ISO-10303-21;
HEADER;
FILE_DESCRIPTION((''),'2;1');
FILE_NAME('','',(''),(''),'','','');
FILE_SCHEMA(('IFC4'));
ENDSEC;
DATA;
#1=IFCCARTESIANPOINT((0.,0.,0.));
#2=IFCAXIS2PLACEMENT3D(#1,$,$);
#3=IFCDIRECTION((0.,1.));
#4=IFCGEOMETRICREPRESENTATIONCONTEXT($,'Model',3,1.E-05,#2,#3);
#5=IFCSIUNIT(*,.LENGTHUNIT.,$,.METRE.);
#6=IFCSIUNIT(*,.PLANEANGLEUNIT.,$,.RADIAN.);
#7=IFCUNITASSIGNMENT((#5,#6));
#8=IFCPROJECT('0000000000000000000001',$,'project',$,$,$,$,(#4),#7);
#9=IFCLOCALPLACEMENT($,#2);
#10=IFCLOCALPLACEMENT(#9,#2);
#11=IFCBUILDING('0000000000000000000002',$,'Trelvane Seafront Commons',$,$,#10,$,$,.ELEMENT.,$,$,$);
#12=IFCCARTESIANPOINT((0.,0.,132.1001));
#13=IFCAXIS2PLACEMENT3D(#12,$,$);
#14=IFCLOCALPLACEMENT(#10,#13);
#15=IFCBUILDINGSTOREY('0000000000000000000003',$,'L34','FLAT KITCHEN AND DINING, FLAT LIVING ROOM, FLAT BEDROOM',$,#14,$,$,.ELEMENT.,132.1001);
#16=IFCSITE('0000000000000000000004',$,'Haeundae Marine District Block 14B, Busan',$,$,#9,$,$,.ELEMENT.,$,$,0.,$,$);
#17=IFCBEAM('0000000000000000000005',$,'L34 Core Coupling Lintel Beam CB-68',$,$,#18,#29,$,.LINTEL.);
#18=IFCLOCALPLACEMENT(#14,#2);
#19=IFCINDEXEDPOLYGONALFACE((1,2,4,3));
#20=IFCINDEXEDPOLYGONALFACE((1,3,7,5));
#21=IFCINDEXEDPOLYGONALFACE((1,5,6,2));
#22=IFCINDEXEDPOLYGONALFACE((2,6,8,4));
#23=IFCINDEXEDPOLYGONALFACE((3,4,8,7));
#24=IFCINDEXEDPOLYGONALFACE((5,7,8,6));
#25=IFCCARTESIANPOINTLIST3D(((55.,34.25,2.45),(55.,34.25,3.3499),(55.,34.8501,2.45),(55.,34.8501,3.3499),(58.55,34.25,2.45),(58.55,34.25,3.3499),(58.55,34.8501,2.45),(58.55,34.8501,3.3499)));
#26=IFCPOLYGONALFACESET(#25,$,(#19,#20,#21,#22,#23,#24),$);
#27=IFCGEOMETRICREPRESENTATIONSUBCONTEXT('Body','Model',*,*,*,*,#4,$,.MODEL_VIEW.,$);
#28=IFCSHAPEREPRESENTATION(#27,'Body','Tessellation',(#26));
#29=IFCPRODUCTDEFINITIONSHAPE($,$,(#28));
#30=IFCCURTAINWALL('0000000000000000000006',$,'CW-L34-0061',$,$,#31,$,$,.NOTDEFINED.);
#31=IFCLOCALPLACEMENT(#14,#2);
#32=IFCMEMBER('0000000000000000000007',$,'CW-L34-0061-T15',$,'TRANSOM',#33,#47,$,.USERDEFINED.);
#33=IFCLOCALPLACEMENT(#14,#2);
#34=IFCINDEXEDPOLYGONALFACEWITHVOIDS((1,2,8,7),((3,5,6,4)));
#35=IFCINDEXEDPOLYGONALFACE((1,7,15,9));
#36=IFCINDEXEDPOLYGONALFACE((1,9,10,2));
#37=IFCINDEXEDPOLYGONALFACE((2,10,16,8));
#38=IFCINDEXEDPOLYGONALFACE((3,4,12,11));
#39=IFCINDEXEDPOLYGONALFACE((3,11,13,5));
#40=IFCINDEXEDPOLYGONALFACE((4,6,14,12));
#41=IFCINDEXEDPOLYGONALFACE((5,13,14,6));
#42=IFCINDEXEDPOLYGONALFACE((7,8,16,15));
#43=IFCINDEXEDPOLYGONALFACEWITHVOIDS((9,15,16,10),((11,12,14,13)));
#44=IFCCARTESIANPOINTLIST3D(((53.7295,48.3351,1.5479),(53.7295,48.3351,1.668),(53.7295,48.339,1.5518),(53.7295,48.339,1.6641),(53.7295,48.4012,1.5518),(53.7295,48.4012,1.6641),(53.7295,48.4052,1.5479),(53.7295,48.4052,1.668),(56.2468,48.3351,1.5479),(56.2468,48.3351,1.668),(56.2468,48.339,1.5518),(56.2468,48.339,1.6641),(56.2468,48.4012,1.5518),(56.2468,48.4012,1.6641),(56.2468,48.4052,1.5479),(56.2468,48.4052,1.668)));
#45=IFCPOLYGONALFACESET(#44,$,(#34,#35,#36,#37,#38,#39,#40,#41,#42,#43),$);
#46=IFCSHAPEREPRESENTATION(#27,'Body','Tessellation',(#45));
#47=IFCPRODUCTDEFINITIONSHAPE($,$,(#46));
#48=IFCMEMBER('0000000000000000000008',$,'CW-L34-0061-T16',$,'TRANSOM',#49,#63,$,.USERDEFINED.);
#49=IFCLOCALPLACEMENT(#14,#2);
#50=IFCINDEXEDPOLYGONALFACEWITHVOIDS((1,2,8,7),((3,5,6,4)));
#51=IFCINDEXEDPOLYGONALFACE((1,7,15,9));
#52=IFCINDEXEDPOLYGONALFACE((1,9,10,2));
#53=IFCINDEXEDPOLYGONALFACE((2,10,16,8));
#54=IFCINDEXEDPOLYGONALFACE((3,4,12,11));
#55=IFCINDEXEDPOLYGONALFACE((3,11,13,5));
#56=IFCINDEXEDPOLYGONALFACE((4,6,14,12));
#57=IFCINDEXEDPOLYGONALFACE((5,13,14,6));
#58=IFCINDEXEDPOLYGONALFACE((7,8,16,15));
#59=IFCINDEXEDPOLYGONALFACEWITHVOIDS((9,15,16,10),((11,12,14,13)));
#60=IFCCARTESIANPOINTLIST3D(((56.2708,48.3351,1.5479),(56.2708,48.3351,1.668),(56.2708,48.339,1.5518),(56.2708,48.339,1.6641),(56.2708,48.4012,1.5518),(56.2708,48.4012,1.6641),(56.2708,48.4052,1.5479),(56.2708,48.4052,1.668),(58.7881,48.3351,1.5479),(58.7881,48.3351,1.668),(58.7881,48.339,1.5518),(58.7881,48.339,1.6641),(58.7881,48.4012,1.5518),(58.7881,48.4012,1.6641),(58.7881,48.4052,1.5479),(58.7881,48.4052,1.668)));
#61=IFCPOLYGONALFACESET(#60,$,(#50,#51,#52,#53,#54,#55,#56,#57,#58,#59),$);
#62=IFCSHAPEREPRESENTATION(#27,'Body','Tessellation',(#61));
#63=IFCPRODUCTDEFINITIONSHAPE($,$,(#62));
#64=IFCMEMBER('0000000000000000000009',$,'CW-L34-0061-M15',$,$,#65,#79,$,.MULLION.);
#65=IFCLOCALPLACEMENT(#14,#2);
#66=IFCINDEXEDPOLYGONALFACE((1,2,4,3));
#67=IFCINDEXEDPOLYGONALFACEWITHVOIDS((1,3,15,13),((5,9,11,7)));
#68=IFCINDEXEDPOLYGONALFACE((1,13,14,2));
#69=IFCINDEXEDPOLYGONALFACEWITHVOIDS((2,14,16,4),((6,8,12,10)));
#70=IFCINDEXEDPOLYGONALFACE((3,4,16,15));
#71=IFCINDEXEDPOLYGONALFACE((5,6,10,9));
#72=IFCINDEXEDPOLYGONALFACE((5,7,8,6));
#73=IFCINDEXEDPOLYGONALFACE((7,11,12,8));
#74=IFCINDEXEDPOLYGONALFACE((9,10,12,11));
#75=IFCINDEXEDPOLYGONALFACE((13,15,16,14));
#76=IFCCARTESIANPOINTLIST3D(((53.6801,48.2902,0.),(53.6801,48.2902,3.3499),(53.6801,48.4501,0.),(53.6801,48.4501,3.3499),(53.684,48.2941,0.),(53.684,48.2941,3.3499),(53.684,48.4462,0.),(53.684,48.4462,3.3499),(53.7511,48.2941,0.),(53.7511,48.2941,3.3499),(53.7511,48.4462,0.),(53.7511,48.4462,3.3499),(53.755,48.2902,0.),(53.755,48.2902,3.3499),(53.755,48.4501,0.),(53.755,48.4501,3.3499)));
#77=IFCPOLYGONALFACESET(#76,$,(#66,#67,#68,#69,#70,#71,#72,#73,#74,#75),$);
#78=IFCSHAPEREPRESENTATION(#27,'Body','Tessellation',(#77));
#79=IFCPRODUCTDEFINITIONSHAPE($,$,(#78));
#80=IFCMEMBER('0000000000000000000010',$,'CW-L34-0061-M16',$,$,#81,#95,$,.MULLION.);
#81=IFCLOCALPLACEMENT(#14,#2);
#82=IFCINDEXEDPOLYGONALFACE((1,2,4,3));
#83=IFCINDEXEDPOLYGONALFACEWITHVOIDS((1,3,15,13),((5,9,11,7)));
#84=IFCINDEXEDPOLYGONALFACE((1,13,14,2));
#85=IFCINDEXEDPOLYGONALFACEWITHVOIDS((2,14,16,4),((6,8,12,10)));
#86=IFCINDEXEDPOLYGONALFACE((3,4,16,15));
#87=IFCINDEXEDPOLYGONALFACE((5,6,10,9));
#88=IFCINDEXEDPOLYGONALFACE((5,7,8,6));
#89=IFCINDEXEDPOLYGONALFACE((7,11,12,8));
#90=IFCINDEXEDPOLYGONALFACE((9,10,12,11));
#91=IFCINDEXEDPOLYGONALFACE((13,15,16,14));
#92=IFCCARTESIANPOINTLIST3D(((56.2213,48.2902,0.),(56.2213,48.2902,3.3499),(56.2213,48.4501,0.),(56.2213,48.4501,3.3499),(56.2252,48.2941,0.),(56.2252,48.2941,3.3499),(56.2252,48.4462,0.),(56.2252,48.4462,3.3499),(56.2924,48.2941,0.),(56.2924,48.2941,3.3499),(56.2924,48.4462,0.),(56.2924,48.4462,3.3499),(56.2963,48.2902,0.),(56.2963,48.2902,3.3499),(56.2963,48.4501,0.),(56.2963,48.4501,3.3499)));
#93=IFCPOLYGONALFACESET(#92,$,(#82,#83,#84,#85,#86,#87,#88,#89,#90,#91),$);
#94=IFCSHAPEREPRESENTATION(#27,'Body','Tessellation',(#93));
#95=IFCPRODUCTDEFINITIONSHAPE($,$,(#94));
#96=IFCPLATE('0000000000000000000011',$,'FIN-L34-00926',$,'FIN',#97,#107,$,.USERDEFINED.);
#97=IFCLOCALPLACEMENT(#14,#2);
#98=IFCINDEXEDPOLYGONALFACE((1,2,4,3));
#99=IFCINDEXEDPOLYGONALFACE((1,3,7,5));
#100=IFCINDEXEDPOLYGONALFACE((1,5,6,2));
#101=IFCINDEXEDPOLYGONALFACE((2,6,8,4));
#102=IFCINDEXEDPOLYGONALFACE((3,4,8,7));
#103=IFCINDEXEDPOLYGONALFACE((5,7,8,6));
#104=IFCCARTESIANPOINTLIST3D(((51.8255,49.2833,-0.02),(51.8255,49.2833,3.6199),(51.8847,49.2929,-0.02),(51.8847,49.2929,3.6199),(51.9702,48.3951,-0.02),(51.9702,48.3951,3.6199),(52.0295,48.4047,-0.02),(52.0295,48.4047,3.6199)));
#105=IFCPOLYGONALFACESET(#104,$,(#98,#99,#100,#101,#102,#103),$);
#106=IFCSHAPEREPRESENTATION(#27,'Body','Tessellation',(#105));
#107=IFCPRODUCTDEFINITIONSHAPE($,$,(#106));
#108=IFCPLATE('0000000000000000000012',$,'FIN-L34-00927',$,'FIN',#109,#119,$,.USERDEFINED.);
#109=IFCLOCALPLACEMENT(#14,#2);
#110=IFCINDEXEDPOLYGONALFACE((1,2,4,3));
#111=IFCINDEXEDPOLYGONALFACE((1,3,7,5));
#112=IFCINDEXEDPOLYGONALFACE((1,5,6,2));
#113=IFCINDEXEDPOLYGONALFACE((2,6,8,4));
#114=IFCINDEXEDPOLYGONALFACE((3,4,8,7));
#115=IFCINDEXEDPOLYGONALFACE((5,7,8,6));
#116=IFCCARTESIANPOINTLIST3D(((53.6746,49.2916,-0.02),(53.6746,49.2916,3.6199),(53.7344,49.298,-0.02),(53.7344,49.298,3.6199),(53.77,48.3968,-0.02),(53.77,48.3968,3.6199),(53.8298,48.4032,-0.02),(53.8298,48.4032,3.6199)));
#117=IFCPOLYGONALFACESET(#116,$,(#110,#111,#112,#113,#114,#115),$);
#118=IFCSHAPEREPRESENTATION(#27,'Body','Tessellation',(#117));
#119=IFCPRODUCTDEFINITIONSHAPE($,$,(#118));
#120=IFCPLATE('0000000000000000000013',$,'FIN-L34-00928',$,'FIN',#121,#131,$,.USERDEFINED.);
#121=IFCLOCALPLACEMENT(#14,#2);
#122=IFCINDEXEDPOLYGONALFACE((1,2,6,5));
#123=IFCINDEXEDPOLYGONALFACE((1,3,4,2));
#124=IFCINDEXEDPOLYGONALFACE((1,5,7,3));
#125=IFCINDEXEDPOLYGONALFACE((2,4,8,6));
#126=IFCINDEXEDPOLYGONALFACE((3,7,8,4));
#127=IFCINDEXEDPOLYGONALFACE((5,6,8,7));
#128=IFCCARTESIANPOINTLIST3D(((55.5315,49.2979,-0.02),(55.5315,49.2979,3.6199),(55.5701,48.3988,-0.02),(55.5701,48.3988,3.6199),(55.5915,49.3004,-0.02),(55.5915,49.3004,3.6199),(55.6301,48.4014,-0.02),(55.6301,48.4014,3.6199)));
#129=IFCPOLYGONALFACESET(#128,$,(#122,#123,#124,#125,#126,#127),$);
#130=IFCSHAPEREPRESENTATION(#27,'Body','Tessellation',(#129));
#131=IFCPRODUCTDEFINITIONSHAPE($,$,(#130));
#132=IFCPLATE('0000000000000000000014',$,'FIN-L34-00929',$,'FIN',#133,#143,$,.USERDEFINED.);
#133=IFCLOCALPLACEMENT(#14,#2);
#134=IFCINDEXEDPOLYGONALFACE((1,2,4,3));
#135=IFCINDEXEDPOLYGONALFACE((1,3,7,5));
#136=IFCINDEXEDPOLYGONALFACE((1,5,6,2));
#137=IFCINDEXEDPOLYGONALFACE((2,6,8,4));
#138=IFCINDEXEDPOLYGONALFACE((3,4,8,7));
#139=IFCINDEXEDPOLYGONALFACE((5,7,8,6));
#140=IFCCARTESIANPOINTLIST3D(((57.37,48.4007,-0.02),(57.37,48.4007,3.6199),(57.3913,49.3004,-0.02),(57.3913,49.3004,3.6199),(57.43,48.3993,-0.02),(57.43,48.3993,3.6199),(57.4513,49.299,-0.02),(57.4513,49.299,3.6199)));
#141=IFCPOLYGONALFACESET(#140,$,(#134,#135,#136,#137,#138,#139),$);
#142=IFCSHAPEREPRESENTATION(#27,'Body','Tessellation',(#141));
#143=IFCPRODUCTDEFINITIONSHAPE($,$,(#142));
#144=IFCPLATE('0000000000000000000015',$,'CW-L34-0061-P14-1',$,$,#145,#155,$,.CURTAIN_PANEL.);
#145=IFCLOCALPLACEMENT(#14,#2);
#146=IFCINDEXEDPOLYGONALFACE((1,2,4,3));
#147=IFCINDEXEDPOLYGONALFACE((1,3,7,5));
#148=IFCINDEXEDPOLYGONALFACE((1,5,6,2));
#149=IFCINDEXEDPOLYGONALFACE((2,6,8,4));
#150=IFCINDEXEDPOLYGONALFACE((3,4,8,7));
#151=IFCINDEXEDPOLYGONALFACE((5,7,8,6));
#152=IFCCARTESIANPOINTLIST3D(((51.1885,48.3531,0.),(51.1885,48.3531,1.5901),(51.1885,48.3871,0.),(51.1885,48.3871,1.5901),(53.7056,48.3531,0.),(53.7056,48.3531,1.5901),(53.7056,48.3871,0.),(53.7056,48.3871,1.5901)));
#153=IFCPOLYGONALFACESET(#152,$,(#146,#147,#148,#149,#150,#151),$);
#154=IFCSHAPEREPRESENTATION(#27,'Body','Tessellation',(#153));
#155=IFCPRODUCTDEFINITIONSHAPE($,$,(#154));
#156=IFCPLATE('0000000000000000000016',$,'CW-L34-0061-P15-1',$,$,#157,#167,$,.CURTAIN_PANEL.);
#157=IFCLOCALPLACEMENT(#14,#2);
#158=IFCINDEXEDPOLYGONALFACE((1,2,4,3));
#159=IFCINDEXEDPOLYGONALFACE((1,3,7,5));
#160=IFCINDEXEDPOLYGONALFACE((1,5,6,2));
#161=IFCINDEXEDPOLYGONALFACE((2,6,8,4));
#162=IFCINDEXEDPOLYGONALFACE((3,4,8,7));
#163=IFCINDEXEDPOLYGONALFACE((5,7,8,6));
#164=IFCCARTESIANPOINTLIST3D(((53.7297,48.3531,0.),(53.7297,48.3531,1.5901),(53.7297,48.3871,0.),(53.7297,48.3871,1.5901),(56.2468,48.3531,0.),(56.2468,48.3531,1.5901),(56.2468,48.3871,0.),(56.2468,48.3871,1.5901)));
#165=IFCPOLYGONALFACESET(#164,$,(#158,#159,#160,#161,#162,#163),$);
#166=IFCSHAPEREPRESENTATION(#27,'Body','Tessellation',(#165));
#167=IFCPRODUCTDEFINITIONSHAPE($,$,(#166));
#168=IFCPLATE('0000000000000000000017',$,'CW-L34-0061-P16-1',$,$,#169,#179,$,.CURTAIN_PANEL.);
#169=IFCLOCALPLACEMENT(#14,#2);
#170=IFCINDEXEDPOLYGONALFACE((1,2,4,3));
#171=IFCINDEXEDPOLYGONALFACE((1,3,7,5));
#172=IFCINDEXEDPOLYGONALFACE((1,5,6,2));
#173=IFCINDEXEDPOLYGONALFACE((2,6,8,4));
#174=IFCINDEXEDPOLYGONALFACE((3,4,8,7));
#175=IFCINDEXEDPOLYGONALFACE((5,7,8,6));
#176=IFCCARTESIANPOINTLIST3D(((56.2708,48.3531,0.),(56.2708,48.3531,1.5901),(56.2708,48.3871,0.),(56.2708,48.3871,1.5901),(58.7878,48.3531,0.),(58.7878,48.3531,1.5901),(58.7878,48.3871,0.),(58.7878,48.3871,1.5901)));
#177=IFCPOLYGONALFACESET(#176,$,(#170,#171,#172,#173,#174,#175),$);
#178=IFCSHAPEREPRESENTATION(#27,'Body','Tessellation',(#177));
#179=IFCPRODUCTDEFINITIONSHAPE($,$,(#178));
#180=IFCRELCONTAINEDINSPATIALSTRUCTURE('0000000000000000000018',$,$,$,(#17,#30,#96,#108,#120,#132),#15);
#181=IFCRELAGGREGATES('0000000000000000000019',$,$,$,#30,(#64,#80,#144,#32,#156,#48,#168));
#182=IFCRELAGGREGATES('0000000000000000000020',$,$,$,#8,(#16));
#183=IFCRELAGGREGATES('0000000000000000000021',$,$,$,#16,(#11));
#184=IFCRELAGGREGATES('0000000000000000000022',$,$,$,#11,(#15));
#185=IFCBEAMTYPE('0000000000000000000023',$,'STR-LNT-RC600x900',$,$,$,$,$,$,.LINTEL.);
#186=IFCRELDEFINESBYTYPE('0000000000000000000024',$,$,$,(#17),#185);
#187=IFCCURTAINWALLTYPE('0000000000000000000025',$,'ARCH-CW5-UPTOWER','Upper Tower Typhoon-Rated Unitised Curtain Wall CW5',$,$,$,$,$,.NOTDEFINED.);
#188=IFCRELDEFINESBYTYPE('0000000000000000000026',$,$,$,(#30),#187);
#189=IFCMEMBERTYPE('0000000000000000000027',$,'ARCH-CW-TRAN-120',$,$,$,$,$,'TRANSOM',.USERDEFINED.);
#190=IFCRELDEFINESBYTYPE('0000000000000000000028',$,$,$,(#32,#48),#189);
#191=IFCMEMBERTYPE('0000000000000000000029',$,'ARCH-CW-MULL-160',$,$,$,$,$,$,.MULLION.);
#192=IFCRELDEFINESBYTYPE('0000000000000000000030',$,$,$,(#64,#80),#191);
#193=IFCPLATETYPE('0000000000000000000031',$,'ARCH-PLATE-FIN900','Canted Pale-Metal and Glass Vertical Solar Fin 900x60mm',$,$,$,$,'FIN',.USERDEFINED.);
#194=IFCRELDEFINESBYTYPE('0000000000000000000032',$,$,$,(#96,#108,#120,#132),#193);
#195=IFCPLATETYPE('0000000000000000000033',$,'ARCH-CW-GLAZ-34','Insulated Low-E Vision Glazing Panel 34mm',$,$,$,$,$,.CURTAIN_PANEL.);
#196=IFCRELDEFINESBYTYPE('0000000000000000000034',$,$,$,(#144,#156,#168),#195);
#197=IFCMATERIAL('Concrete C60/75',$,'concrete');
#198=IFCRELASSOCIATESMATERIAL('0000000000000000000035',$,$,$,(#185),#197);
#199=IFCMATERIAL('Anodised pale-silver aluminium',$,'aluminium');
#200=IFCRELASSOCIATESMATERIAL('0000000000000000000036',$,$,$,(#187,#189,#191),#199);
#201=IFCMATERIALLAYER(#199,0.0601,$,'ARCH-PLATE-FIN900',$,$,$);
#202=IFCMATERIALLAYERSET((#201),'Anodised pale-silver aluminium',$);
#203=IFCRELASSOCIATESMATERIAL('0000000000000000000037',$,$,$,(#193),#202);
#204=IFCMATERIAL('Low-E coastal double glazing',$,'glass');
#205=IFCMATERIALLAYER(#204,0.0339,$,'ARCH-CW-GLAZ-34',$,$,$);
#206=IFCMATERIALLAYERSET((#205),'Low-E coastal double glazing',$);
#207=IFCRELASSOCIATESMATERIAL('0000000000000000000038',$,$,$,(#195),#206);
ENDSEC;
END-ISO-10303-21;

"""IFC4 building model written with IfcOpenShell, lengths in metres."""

from ifc_helpers import new_model, si_unit, direction, frame, origin, origin_2d, place, context, subcontext, project, spatial, rectangle, hollow_rectangle, extrude, source, transform, mapped, material, layer, layer_set, material_profile, profile_set, type_object, element, aggregate, save


model = new_model("IFC4")

# Units and contexts
model_context = context("Model", 3, precision=1e-05, world=origin(), true_north=direction((0.0, 1.0)))
body_context = subcontext(model_context, "Body", "Model", "MODEL_VIEW")
ifc_project = project(units=[si_unit("LENGTHUNIT", "METRE"), si_unit("PLANEANGLEUNIT", "RADIAN")], contexts=[model_context])

# Site, building, storey
site_placement = place(None, origin())
site = spatial("IfcSite", under=ifc_project, at=site_placement, Name="Haeundae Marine District Block 14B, Busan", CompositionType="ELEMENT", RefElevation=0.0)
building_placement = place(site_placement, origin())
building = spatial("IfcBuilding", under=site, at=building_placement, Name="Trelvane Seafront Commons", CompositionType="ELEMENT")
storey_placement = place(building_placement, frame((0.0, 0.0, 132.1001)))
storey = spatial("IfcBuildingStorey", under=building, at=storey_placement, Name="L34", Description="FLAT KITCHEN AND DINING, FLAT LIVING ROOM, FLAT BEDROOM", CompositionType="ELEMENT", Elevation=132.1001)

# Beam
ifc_material_1 = material(Name="Concrete C60/75", Category="concrete")
ifc_material_profile_1 = material_profile(ifc_material_1, rectangle(XDim=0.6001, YDim=0.8999, at=origin_2d()), Name="RC-600x900")
ifc_profile_set_1 = profile_set([ifc_material_profile_1], Name="Concrete C60/75")
beam_type = type_object("IfcBeamType", Name="STR-LNT-RC600x900", PredefinedType="LINTEL", material=ifc_profile_set_1)
shared_shape_1 = source(origin(), body_context, "Body", "SweptSolid", [
    extrude(rectangle(XDim=0.6001, YDim=0.8999, at=origin_2d()), origin(), (0.0, 0.0, 1.0), 3.55),
])
beam_placement = place(storey_placement, frame((55.0, 34.55, 2.8999), z_axis=(1.0, 0.0, 0.0), x_axis=(0.0, 1.0, 0.0)))
element("IfcBeam", 1, at=beam_placement, inside=storey, type_object=beam_type, Name="L34 Core Coupling Lintel Beam CB-68", PredefinedType="LINTEL", context=body_context, shape_type="MappedRepresentation", body=[
    mapped(shared_shape_1, transform((0.0, 0.0, 0.0), x_axis=(1.0, 0.0, 0.0), y_axis=(0.0, 1.0, 0.0), z_axis=(0.0, 0.0, 1.0), scale=1.0)),
])

# Curtain wall, members
ifc_material_2 = material(Name="Anodised pale-silver aluminium", Category="aluminium")
curtain_wall_type = type_object("IfcCurtainWallType", Name="ARCH-CW5-UPTOWER", Description="Upper Tower Typhoon-Rated Unitised Curtain Wall CW5", PredefinedType="NOTDEFINED", material=ifc_material_2)
curtain_wall_placement = place(storey_placement, origin())
curtain_wall = element("IfcCurtainWall", 2, at=curtain_wall_placement, inside=storey, type_object=curtain_wall_type, Name="CW-L34-0061", PredefinedType="NOTDEFINED")
ifc_material_profile_2 = material_profile(ifc_material_2, hollow_rectangle(XDim=0.0701, YDim=0.1201, WallThickness=0.0039, at=origin_2d()), Name="TRAN-70x120x4")
ifc_profile_set_2 = profile_set([ifc_material_profile_2], Name="Anodised pale-silver aluminium")
member_type_1 = type_object("IfcMemberType", Name="ARCH-CW-TRAN-120", ElementType="TRANSOM", PredefinedType="USERDEFINED", material=ifc_profile_set_2)
shared_shape_2 = source(origin(), body_context, "Body", "SweptSolid", [
    extrude(hollow_rectangle(XDim=0.0701, YDim=0.1201, WallThickness=0.0039, at=origin_2d()), origin(), (0.0, 0.0, 1.0), 2.5173),
])
member_1_placement = place(storey_placement, frame((53.7295, 48.3701, 1.6079), z_axis=(1.0, 0.0, 0.0), x_axis=(0.0, 1.0, 0.0)))
member_1 = element("IfcMember", 3, at=member_1_placement, type_object=member_type_1, Name="CW-L34-0061-T15", ObjectType="TRANSOM", PredefinedType="USERDEFINED", context=body_context, shape_type="MappedRepresentation", body=[
    mapped(shared_shape_2, transform((0.0, 0.0, 0.0), x_axis=(1.0, 0.0, 0.0), y_axis=(0.0, 1.0, 0.0), z_axis=(0.0, 0.0, 1.0), scale=1.0)),
])
member_2_placement = place(storey_placement, frame((56.2708, 48.3701, 1.6079), z_axis=(1.0, 0.0, 0.0), x_axis=(0.0, 1.0, 0.0)))
member_2 = element("IfcMember", 4, at=member_2_placement, type_object=member_type_1, Name="CW-L34-0061-T16", ObjectType="TRANSOM", PredefinedType="USERDEFINED", context=body_context, shape_type="MappedRepresentation", body=[
    mapped(shared_shape_2, transform((0.0, 0.0, 0.0), x_axis=(1.0, 0.0, 0.0), y_axis=(0.0, 1.0, 0.0), z_axis=(0.0, 0.0, 1.0), scale=1.0)),
])
ifc_material_profile_3 = material_profile(ifc_material_2, hollow_rectangle(XDim=0.075, YDim=0.1599, WallThickness=0.0039, at=origin_2d()), Name="MULL-75x160x4")
ifc_profile_set_3 = profile_set([ifc_material_profile_3], Name="Anodised pale-silver aluminium")
member_type_2 = type_object("IfcMemberType", Name="ARCH-CW-MULL-160", PredefinedType="MULLION", material=ifc_profile_set_3)
shared_shape_3 = source(origin(), body_context, "Body", "SweptSolid", [
    extrude(hollow_rectangle(XDim=0.075, YDim=0.1599, WallThickness=0.0039, at=origin_2d()), origin(), (0.0, 0.0, 1.0), 3.3499),
])
member_3_placement = place(storey_placement, frame((53.7175, 48.3701, 0.0), z_axis=(0.0, 0.0, 1.0), x_axis=(1.0, 0.0, 0.0)))
member_3 = element("IfcMember", 5, at=member_3_placement, type_object=member_type_2, Name="CW-L34-0061-M15", PredefinedType="MULLION", context=body_context, shape_type="MappedRepresentation", body=[
    mapped(shared_shape_3, transform((0.0, 0.0, 0.0), x_axis=(1.0, 0.0, 0.0), y_axis=(0.0, 1.0, 0.0), z_axis=(0.0, 0.0, 1.0), scale=1.0)),
])
member_4_placement = place(storey_placement, frame((56.2588, 48.3701, 0.0), z_axis=(0.0, 0.0, 1.0), x_axis=(1.0, 0.0, 0.0)))
member_4 = element("IfcMember", 6, at=member_4_placement, type_object=member_type_2, Name="CW-L34-0061-M16", PredefinedType="MULLION", context=body_context, shape_type="MappedRepresentation", body=[
    mapped(shared_shape_3, transform((0.0, 0.0, 0.0), x_axis=(1.0, 0.0, 0.0), y_axis=(0.0, 1.0, 0.0), z_axis=(0.0, 0.0, 1.0), scale=1.0)),
])

# Plates
ifc_layer_1 = layer(ifc_material_2, 0.0601, Name="ARCH-PLATE-FIN900")
ifc_layer_set_1 = layer_set([ifc_layer_1], Name="Anodised pale-silver aluminium")
plate_type_1 = type_object("IfcPlateType", Name="ARCH-PLATE-FIN900", Description="Canted Pale-Metal and Glass Vertical Solar Fin 900x60mm", ElementType="FIN", PredefinedType="USERDEFINED", material=ifc_layer_set_1)
shared_shape_4 = source(origin(), body_context, "Body", "SweptSolid", [
    extrude(rectangle(XDim=0.8999, YDim=0.0601, at=origin_2d()), origin(), (0.0, 0.0, 1.0), 3.6399),
])
for number, where, z_axis, x_axis, name in (
    (7, (51.9275, 48.844, -0.02), (0.0, 0.0, 1.0), (-0.160884, 0.986973, 0.0), "FIN-L34-00926"),
    (8, (53.7522, 48.8474, -0.02), (0.0, 0.0, 1.0), (-0.106004, 0.994366, 0.0), "FIN-L34-00927"),
    (9, (55.5808, 48.8496, -0.02), (0.0, 0.0, 1.0), (-0.042887, 0.99908, 0.0), "FIN-L34-00928"),
    (10, (57.4106, 48.8499, -0.02), (0.0, 0.0, 1.0), (0.023668, 0.99972, 0.0), "FIN-L34-00929"),
):
    element("IfcPlate", number, at=place(storey_placement, frame(where, z_axis=z_axis, x_axis=x_axis)), inside=storey, type_object=plate_type_1, Name=name, ObjectType="FIN", PredefinedType="USERDEFINED", context=body_context, shape_type="MappedRepresentation", body=[
        mapped(shared_shape_4, transform((0.0, 0.0, 0.0), x_axis=(1.0, 0.0, 0.0), y_axis=(0.0, 1.0, 0.0), z_axis=(0.0, 0.0, 1.0), scale=1.0)),
    ])

# Plates
ifc_material_3 = material(Name="Low-E coastal double glazing", Category="glass")
ifc_layer_2 = layer(ifc_material_3, 0.0339, Name="ARCH-CW-GLAZ-34")
ifc_layer_set_2 = layer_set([ifc_layer_2], Name="Low-E coastal double glazing")
plate_type_2 = type_object("IfcPlateType", Name="ARCH-CW-GLAZ-34", Description="Insulated Low-E Vision Glazing Panel 34mm", PredefinedType="CURTAIN_PANEL", material=ifc_layer_set_2)
shared_shape_5 = source(origin(), body_context, "Body", "SweptSolid", [
    extrude(rectangle(XDim=2.5171, YDim=0.0339, at=origin_2d()), origin(), (0.0, 0.0, 1.0), 1.5901),
])
plate_1_placement = place(storey_placement, frame((52.447, 48.3701, 0.0), z_axis=(0.0, 0.0, 1.0), x_axis=(1.0, 0.0, 0.0)))
plate_1 = element("IfcPlate", 11, at=plate_1_placement, type_object=plate_type_2, Name="CW-L34-0061-P14-1", PredefinedType="CURTAIN_PANEL", context=body_context, shape_type="MappedRepresentation", body=[
    mapped(shared_shape_5, transform((0.0, 0.0, 0.0), x_axis=(1.0, 0.0, 0.0), y_axis=(0.0, 1.0, 0.0), z_axis=(0.0, 0.0, 1.0), scale=1.0)),
])
plate_2_placement = place(storey_placement, frame((54.9883, 48.3701, 0.0), z_axis=(0.0, 0.0, 1.0), x_axis=(1.0, 0.0, 0.0)))
plate_2 = element("IfcPlate", 12, at=plate_2_placement, type_object=plate_type_2, Name="CW-L34-0061-P15-1", PredefinedType="CURTAIN_PANEL", context=body_context, shape_type="MappedRepresentation", body=[
    mapped(shared_shape_5, transform((0.0, 0.0, 0.0), x_axis=(1.0, 0.0, 0.0), y_axis=(0.0, 1.0, 0.0), z_axis=(0.0, 0.0, 1.0), scale=1.0)),
])
plate_3_placement = place(storey_placement, frame((57.5293, 48.3701, 0.0), z_axis=(0.0, 0.0, 1.0), x_axis=(1.0, 0.0, 0.0)))
plate_3 = element("IfcPlate", 13, at=plate_3_placement, type_object=plate_type_2, Name="CW-L34-0061-P16-1", PredefinedType="CURTAIN_PANEL", context=body_context, shape_type="MappedRepresentation", body=[
    mapped(shared_shape_5, transform((0.0, 0.0, 0.0), x_axis=(1.0, 0.0, 0.0), y_axis=(0.0, 1.0, 0.0), z_axis=(0.0, 0.0, 1.0), scale=1.0)),
])
aggregate(curtain_wall, [member_3, member_4, plate_1, member_1, plate_2, member_2, plate_3])

save(model, "model.ifc")
